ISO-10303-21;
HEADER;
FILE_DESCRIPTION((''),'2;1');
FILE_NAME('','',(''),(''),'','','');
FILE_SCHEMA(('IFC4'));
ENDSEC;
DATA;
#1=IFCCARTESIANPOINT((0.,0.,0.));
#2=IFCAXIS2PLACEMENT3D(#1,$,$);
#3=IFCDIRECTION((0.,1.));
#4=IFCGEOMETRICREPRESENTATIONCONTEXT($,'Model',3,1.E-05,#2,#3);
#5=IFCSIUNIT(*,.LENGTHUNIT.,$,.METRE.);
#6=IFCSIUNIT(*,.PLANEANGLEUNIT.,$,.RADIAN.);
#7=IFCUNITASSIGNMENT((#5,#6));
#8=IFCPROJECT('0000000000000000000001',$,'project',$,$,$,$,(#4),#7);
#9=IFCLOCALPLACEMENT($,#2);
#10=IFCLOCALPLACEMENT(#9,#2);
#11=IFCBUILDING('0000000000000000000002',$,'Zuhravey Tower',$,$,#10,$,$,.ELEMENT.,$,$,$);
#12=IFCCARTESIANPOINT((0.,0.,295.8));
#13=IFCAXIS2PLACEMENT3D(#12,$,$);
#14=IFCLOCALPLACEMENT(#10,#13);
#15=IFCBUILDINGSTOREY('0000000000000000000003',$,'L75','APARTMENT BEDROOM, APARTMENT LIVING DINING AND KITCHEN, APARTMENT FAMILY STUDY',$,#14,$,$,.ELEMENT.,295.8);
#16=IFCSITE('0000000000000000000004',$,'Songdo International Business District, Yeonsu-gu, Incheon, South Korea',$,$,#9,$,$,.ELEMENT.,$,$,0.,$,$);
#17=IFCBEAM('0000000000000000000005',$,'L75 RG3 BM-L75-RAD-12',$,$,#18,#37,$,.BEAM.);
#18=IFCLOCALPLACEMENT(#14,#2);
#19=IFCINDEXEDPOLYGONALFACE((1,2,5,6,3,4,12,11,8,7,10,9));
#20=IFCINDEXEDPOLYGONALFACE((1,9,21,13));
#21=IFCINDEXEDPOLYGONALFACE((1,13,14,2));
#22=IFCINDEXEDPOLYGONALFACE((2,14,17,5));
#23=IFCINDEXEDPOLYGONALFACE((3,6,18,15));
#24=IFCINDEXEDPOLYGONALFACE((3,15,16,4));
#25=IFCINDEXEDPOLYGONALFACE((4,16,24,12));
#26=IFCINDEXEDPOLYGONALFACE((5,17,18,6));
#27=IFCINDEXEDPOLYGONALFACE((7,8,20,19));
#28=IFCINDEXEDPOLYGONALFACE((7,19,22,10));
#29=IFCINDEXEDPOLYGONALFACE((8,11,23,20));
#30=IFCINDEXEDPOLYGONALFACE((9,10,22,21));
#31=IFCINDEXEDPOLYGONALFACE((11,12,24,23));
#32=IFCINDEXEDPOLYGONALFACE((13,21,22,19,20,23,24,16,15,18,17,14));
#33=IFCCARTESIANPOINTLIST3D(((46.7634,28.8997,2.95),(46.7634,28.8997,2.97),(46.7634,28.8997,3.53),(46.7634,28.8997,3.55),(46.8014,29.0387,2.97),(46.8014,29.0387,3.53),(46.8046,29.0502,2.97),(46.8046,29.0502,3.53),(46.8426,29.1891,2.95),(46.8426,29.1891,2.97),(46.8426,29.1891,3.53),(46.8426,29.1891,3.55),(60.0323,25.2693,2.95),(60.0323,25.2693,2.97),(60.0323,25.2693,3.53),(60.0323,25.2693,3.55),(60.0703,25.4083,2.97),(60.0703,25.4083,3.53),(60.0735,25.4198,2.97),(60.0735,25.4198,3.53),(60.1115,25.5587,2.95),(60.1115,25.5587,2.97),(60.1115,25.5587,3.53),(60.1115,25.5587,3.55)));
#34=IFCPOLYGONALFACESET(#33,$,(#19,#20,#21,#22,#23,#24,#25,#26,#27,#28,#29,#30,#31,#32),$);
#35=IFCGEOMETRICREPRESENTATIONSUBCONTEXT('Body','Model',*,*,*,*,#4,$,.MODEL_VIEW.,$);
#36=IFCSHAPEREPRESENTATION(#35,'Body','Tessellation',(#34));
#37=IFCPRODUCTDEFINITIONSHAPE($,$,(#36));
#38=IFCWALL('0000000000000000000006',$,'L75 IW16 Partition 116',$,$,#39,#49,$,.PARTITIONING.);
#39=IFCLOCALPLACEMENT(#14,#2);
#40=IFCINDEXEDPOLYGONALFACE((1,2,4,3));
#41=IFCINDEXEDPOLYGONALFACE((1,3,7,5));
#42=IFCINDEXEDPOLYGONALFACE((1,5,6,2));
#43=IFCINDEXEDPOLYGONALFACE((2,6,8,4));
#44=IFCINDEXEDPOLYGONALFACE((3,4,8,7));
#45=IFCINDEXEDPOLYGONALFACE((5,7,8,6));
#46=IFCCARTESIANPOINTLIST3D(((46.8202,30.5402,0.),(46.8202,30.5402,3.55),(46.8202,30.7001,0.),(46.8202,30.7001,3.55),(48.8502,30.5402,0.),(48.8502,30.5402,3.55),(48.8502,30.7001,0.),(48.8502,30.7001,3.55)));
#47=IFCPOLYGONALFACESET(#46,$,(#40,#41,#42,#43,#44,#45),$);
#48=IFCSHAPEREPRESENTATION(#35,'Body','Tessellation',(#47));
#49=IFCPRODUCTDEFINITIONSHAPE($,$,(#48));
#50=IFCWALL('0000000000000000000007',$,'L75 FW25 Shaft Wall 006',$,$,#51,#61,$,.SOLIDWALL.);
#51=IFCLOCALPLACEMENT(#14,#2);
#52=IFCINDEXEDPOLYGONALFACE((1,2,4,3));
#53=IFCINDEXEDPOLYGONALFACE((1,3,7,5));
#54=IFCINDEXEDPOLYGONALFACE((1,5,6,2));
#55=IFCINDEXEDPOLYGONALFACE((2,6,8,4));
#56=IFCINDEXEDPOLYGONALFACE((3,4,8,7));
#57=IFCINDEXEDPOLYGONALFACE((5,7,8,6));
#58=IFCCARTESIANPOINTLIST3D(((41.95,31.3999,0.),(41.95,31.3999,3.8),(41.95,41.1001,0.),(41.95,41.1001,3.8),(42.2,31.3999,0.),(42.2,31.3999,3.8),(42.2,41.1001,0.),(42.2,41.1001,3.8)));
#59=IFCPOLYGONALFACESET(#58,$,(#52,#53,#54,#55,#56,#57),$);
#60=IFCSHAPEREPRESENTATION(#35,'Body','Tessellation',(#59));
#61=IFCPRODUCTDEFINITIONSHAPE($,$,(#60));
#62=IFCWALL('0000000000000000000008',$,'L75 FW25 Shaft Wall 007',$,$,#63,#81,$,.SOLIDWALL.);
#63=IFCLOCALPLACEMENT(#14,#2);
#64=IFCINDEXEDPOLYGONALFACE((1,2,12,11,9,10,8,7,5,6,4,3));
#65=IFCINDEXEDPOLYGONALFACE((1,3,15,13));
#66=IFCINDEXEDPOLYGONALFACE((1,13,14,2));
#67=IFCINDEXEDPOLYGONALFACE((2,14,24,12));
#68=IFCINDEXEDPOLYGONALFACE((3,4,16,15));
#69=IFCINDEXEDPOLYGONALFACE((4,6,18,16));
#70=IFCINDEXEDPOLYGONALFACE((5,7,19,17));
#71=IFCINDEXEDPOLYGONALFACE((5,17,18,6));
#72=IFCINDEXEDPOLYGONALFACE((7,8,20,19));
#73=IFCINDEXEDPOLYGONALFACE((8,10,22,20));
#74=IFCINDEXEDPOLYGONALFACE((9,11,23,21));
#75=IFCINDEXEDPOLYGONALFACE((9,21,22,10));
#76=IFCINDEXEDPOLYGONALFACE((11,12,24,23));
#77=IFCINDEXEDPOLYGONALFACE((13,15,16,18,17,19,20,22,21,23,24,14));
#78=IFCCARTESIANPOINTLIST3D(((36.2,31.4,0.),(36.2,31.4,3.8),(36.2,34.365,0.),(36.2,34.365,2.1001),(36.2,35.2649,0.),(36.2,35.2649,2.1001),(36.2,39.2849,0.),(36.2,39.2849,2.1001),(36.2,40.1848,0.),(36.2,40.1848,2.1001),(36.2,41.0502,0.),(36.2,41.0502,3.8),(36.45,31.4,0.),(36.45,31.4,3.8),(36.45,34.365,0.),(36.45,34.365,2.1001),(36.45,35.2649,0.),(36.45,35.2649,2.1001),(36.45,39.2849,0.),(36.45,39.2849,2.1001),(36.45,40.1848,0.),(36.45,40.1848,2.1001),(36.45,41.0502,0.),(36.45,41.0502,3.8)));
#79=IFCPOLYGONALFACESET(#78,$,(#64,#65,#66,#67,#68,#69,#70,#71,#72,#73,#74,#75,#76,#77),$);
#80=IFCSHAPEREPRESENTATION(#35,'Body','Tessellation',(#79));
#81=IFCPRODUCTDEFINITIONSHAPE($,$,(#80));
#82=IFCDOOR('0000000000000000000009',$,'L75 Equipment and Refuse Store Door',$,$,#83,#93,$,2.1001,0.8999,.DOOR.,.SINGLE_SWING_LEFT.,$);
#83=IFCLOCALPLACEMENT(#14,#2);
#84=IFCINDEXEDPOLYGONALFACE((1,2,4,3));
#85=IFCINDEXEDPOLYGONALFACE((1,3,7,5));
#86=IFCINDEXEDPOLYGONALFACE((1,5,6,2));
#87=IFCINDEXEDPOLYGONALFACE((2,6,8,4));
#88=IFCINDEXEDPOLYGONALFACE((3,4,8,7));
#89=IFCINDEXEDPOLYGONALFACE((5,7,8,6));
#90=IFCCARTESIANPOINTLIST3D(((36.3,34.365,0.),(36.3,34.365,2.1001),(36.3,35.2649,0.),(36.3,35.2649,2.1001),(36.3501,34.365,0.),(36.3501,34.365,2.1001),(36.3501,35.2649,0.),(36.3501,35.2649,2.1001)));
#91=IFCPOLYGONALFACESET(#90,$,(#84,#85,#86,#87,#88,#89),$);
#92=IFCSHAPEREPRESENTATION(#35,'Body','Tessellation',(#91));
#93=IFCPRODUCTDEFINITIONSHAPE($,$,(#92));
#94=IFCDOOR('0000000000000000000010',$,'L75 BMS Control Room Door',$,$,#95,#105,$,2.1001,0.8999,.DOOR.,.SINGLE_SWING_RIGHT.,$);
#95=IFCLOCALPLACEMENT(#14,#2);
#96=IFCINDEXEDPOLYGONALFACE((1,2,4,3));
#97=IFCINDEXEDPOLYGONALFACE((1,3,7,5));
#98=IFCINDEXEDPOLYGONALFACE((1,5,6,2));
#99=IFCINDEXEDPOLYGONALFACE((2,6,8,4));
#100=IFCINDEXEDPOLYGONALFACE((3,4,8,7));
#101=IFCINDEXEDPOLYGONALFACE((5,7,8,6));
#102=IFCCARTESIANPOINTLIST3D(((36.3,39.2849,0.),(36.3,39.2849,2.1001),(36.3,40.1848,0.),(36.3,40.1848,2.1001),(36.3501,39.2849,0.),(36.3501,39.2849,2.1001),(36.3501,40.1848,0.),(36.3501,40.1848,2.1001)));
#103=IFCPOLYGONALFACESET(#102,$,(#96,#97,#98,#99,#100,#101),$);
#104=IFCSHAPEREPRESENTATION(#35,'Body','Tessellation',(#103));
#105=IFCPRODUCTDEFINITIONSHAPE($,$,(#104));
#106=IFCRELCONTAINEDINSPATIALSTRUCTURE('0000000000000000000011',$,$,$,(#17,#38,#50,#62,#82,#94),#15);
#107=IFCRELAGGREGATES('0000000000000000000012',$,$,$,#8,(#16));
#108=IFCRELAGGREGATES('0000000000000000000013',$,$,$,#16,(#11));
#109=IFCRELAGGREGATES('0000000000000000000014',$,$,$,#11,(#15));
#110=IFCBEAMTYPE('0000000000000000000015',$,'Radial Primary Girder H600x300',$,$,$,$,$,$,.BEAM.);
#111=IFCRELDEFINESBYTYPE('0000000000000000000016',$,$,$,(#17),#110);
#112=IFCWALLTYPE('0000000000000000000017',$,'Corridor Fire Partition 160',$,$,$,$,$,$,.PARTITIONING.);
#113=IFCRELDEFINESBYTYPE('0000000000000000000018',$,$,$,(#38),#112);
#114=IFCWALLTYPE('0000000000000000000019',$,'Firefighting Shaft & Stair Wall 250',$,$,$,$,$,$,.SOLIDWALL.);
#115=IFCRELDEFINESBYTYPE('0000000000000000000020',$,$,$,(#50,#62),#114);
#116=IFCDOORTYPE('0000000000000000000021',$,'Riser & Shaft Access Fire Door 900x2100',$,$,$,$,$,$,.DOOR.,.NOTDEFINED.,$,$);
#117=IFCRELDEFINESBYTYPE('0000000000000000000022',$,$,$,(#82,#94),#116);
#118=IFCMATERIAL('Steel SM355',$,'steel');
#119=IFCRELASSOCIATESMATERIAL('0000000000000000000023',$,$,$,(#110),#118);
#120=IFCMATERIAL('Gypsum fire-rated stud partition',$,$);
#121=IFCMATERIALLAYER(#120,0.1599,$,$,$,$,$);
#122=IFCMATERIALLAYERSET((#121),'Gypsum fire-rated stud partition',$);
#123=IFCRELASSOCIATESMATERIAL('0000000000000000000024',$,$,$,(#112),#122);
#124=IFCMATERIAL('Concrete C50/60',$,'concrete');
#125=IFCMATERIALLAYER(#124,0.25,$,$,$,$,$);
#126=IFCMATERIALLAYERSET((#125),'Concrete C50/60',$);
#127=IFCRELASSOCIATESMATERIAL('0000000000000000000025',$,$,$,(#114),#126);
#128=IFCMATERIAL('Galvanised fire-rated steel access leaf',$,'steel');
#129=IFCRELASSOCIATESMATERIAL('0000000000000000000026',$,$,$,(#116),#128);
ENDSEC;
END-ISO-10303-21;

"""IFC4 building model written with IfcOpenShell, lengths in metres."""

from ifc_helpers import new_model, si_unit, direction, frame, frame_2d, origin, origin_2d, place, context, subcontext, project, spatial, rectangle, i_section, extrude, material, layer, layer_set, material_profile, profile_set, type_object, element, fill, save


model = new_model("IFC4")

# Units and contexts
model_context = context("Model", 3, precision=1e-05, world=origin(), true_north=direction((0.0, 1.0)))
body_context = subcontext(model_context, "Body", "Model", "MODEL_VIEW")
ifc_project = project(units=[si_unit("LENGTHUNIT", "METRE"), si_unit("PLANEANGLEUNIT", "RADIAN")], contexts=[model_context])

# Site, building, storey
site_placement = place(None, origin())
site = spatial("IfcSite", under=ifc_project, at=site_placement, Name="Songdo International Business District, Yeonsu-gu, Incheon, South Korea", CompositionType="ELEMENT", RefElevation=0.0)
building_placement = place(site_placement, origin())
building = spatial("IfcBuilding", under=site, at=building_placement, Name="Zuhravey Tower", CompositionType="ELEMENT")
storey_placement = place(building_placement, frame((0.0, 0.0, 295.8)))
storey = spatial("IfcBuildingStorey", under=building, at=storey_placement, Name="L75", Description="APARTMENT BEDROOM, APARTMENT LIVING DINING AND KITCHEN, APARTMENT FAMILY STUDY", CompositionType="ELEMENT", Elevation=295.8)

# Beam
ifc_material_1 = material(Name="Steel SM355", Category="steel")
ifc_material_profile = material_profile(ifc_material_1, i_section(OverallWidth=0.3, OverallDepth=0.6001, WebThickness=0.012, FlangeThickness=0.02, at=origin_2d()), Name="H-600x300x12x20")
ifc_profile_set = profile_set([ifc_material_profile], Name="Steel SM355")
beam_type = type_object("IfcBeamType", Name="Radial Primary Girder H600x300", PredefinedType="BEAM", material=ifc_profile_set)
beam_placement = place(storey_placement, frame((46.803, 29.0444, 3.25), z_axis=(0.964549, -0.263903, 0.0), x_axis=(0.263903, 0.964549, 0.0)))
element("IfcBeam", 1, at=beam_placement, inside=storey, type_object=beam_type, Name="L75 RG3 BM-L75-RAD-12", PredefinedType="BEAM", context=body_context, shape_type="SweptSolid", body=[
    extrude(i_section(OverallWidth=0.3, OverallDepth=0.6001, WebThickness=0.012, FlangeThickness=0.02, at=origin_2d()), origin(), (0.0, 0.0, 1.0), 13.7566),
])

# Walls
ifc_material_2 = material(Name="Gypsum fire-rated stud partition")
ifc_layer_1 = layer(ifc_material_2, 0.1599)
ifc_layer_set_1 = layer_set([ifc_layer_1], Name="Gypsum fire-rated stud partition")
wall_type_1 = type_object("IfcWallType", Name="Corridor Fire Partition 160", PredefinedType="PARTITIONING", material=ifc_layer_set_1)
wall_1_placement = place(storey_placement, frame((46.8201, 30.6201, 0.0), z_axis=(0.0, 0.0, 1.0), x_axis=(1.0, 0.0, 0.0)))
element("IfcWall", 2, at=wall_1_placement, inside=storey, type_object=wall_type_1, Name="L75 IW16 Partition 116", PredefinedType="PARTITIONING", context=body_context, shape_type="SweptSolid", body=[
    extrude(rectangle(XDim=2.03, YDim=0.1599, at=frame_2d((1.0151, 0.0))), origin(), (0.0, 0.0, 1.0), 3.55),
])
ifc_material_3 = material(Name="Concrete C50/60", Category="concrete")
ifc_layer_2 = layer(ifc_material_3, 0.25)
ifc_layer_set_2 = layer_set([ifc_layer_2], Name="Concrete C50/60")
wall_type_2 = type_object("IfcWallType", Name="Firefighting Shaft & Stair Wall 250", PredefinedType="SOLIDWALL", material=ifc_layer_set_2)
wall_2_placement = place(storey_placement, frame((42.075, 31.3999, 0.0), z_axis=(0.0, 0.0, 1.0), x_axis=(0.0, 1.0, 0.0)))
element("IfcWall", 3, at=wall_2_placement, inside=storey, type_object=wall_type_2, Name="L75 FW25 Shaft Wall 006", PredefinedType="SOLIDWALL", context=body_context, shape_type="SweptSolid", body=[
    extrude(rectangle(XDim=9.7002, YDim=0.25, at=frame_2d((4.8501, 0.0))), origin(), (0.0, 0.0, 1.0), 3.8),
])

# Wall, openings, doors
wall_3_placement = place(storey_placement, frame((36.325, 31.3999, 0.0), z_axis=(0.0, 0.0, 1.0), x_axis=(0.0, 1.0, 0.0)))
wall_3 = element("IfcWall", 4, at=wall_3_placement, inside=storey, type_object=wall_type_2, Name="L75 FW25 Shaft Wall 007", PredefinedType="SOLIDWALL", context=body_context, shape_type="SweptSolid", body=[
    extrude(rectangle(XDim=9.6501, YDim=0.25, at=frame_2d((4.8252, 0.0))), origin(), (0.0, 0.0, 1.0), 3.8),
])
opening_1_placement = place(wall_3_placement, frame((2.9651, 0.0, 0.0)))
opening_1 = element("IfcOpeningElement", 5, at=opening_1_placement, cuts=wall_3, PredefinedType="OPENING", context=body_context, shape_type="SweptSolid", body=[
    extrude(rectangle(XDim=0.8999, YDim=2.1001, at=frame_2d((0.45, 1.05))), frame((0.0, 0.137, 0.0), z_axis=(0.0, -1.0, 0.0), x_axis=(1.0, 0.0, 0.0)), (0.0, 0.0, 1.0), 0.2739),
])
opening_2_placement = place(wall_3_placement, frame((7.885, 0.0, 0.0)))
opening_2 = element("IfcOpeningElement", 6, at=opening_2_placement, cuts=wall_3, PredefinedType="OPENING", context=body_context, shape_type="SweptSolid", body=[
    extrude(rectangle(XDim=0.8999, YDim=2.1001, at=frame_2d((0.45, 1.05))), frame((0.0, 0.137, 0.0), z_axis=(0.0, -1.0, 0.0), x_axis=(1.0, 0.0, 0.0)), (0.0, 0.0, 1.0), 0.2739),
])
ifc_material_4 = material(Name="Galvanised fire-rated steel access leaf", Category="steel")
door_type_1 = type_object("IfcDoorType", Name="Riser & Shaft Access Fire Door 900x2100", OperationType="NOTDEFINED", PredefinedType="DOOR", material=ifc_material_4)
door_1_placement = place(opening_1_placement, origin())
door_1 = element("IfcDoor", 7, at=door_1_placement, inside=storey, type_object=door_type_1, Name="L75 Equipment and Refuse Store Door", OperationType="SINGLE_SWING_LEFT", OverallHeight=2.1001, OverallWidth=0.8999, PredefinedType="DOOR", context=body_context, shape_type="SweptSolid", body=[
    extrude(rectangle(XDim=0.8999, YDim=2.1001, at=frame_2d((0.45, 1.05))), frame((0.0, 0.0249, 0.0), z_axis=(0.0, -1.0, 0.0), x_axis=(1.0, 0.0, 0.0)), (0.0, 0.0, 1.0), 0.05),
])
fill(opening_1, door_1)
door_2_placement = place(opening_2_placement, origin())
door_2 = element("IfcDoor", 8, at=door_2_placement, inside=storey, type_object=door_type_1, Name="L75 BMS Control Room Door", OperationType="SINGLE_SWING_RIGHT", OverallHeight=2.1001, OverallWidth=0.8999, PredefinedType="DOOR", context=body_context, shape_type="SweptSolid", body=[
    extrude(rectangle(XDim=0.8999, YDim=2.1001, at=frame_2d((0.45, 1.05))), frame((0.0, 0.0249, 0.0), z_axis=(0.0, -1.0, 0.0), x_axis=(1.0, 0.0, 0.0)), (0.0, 0.0, 1.0), 0.05),
])
fill(opening_2, door_2)

save(model, "model.ifc")
